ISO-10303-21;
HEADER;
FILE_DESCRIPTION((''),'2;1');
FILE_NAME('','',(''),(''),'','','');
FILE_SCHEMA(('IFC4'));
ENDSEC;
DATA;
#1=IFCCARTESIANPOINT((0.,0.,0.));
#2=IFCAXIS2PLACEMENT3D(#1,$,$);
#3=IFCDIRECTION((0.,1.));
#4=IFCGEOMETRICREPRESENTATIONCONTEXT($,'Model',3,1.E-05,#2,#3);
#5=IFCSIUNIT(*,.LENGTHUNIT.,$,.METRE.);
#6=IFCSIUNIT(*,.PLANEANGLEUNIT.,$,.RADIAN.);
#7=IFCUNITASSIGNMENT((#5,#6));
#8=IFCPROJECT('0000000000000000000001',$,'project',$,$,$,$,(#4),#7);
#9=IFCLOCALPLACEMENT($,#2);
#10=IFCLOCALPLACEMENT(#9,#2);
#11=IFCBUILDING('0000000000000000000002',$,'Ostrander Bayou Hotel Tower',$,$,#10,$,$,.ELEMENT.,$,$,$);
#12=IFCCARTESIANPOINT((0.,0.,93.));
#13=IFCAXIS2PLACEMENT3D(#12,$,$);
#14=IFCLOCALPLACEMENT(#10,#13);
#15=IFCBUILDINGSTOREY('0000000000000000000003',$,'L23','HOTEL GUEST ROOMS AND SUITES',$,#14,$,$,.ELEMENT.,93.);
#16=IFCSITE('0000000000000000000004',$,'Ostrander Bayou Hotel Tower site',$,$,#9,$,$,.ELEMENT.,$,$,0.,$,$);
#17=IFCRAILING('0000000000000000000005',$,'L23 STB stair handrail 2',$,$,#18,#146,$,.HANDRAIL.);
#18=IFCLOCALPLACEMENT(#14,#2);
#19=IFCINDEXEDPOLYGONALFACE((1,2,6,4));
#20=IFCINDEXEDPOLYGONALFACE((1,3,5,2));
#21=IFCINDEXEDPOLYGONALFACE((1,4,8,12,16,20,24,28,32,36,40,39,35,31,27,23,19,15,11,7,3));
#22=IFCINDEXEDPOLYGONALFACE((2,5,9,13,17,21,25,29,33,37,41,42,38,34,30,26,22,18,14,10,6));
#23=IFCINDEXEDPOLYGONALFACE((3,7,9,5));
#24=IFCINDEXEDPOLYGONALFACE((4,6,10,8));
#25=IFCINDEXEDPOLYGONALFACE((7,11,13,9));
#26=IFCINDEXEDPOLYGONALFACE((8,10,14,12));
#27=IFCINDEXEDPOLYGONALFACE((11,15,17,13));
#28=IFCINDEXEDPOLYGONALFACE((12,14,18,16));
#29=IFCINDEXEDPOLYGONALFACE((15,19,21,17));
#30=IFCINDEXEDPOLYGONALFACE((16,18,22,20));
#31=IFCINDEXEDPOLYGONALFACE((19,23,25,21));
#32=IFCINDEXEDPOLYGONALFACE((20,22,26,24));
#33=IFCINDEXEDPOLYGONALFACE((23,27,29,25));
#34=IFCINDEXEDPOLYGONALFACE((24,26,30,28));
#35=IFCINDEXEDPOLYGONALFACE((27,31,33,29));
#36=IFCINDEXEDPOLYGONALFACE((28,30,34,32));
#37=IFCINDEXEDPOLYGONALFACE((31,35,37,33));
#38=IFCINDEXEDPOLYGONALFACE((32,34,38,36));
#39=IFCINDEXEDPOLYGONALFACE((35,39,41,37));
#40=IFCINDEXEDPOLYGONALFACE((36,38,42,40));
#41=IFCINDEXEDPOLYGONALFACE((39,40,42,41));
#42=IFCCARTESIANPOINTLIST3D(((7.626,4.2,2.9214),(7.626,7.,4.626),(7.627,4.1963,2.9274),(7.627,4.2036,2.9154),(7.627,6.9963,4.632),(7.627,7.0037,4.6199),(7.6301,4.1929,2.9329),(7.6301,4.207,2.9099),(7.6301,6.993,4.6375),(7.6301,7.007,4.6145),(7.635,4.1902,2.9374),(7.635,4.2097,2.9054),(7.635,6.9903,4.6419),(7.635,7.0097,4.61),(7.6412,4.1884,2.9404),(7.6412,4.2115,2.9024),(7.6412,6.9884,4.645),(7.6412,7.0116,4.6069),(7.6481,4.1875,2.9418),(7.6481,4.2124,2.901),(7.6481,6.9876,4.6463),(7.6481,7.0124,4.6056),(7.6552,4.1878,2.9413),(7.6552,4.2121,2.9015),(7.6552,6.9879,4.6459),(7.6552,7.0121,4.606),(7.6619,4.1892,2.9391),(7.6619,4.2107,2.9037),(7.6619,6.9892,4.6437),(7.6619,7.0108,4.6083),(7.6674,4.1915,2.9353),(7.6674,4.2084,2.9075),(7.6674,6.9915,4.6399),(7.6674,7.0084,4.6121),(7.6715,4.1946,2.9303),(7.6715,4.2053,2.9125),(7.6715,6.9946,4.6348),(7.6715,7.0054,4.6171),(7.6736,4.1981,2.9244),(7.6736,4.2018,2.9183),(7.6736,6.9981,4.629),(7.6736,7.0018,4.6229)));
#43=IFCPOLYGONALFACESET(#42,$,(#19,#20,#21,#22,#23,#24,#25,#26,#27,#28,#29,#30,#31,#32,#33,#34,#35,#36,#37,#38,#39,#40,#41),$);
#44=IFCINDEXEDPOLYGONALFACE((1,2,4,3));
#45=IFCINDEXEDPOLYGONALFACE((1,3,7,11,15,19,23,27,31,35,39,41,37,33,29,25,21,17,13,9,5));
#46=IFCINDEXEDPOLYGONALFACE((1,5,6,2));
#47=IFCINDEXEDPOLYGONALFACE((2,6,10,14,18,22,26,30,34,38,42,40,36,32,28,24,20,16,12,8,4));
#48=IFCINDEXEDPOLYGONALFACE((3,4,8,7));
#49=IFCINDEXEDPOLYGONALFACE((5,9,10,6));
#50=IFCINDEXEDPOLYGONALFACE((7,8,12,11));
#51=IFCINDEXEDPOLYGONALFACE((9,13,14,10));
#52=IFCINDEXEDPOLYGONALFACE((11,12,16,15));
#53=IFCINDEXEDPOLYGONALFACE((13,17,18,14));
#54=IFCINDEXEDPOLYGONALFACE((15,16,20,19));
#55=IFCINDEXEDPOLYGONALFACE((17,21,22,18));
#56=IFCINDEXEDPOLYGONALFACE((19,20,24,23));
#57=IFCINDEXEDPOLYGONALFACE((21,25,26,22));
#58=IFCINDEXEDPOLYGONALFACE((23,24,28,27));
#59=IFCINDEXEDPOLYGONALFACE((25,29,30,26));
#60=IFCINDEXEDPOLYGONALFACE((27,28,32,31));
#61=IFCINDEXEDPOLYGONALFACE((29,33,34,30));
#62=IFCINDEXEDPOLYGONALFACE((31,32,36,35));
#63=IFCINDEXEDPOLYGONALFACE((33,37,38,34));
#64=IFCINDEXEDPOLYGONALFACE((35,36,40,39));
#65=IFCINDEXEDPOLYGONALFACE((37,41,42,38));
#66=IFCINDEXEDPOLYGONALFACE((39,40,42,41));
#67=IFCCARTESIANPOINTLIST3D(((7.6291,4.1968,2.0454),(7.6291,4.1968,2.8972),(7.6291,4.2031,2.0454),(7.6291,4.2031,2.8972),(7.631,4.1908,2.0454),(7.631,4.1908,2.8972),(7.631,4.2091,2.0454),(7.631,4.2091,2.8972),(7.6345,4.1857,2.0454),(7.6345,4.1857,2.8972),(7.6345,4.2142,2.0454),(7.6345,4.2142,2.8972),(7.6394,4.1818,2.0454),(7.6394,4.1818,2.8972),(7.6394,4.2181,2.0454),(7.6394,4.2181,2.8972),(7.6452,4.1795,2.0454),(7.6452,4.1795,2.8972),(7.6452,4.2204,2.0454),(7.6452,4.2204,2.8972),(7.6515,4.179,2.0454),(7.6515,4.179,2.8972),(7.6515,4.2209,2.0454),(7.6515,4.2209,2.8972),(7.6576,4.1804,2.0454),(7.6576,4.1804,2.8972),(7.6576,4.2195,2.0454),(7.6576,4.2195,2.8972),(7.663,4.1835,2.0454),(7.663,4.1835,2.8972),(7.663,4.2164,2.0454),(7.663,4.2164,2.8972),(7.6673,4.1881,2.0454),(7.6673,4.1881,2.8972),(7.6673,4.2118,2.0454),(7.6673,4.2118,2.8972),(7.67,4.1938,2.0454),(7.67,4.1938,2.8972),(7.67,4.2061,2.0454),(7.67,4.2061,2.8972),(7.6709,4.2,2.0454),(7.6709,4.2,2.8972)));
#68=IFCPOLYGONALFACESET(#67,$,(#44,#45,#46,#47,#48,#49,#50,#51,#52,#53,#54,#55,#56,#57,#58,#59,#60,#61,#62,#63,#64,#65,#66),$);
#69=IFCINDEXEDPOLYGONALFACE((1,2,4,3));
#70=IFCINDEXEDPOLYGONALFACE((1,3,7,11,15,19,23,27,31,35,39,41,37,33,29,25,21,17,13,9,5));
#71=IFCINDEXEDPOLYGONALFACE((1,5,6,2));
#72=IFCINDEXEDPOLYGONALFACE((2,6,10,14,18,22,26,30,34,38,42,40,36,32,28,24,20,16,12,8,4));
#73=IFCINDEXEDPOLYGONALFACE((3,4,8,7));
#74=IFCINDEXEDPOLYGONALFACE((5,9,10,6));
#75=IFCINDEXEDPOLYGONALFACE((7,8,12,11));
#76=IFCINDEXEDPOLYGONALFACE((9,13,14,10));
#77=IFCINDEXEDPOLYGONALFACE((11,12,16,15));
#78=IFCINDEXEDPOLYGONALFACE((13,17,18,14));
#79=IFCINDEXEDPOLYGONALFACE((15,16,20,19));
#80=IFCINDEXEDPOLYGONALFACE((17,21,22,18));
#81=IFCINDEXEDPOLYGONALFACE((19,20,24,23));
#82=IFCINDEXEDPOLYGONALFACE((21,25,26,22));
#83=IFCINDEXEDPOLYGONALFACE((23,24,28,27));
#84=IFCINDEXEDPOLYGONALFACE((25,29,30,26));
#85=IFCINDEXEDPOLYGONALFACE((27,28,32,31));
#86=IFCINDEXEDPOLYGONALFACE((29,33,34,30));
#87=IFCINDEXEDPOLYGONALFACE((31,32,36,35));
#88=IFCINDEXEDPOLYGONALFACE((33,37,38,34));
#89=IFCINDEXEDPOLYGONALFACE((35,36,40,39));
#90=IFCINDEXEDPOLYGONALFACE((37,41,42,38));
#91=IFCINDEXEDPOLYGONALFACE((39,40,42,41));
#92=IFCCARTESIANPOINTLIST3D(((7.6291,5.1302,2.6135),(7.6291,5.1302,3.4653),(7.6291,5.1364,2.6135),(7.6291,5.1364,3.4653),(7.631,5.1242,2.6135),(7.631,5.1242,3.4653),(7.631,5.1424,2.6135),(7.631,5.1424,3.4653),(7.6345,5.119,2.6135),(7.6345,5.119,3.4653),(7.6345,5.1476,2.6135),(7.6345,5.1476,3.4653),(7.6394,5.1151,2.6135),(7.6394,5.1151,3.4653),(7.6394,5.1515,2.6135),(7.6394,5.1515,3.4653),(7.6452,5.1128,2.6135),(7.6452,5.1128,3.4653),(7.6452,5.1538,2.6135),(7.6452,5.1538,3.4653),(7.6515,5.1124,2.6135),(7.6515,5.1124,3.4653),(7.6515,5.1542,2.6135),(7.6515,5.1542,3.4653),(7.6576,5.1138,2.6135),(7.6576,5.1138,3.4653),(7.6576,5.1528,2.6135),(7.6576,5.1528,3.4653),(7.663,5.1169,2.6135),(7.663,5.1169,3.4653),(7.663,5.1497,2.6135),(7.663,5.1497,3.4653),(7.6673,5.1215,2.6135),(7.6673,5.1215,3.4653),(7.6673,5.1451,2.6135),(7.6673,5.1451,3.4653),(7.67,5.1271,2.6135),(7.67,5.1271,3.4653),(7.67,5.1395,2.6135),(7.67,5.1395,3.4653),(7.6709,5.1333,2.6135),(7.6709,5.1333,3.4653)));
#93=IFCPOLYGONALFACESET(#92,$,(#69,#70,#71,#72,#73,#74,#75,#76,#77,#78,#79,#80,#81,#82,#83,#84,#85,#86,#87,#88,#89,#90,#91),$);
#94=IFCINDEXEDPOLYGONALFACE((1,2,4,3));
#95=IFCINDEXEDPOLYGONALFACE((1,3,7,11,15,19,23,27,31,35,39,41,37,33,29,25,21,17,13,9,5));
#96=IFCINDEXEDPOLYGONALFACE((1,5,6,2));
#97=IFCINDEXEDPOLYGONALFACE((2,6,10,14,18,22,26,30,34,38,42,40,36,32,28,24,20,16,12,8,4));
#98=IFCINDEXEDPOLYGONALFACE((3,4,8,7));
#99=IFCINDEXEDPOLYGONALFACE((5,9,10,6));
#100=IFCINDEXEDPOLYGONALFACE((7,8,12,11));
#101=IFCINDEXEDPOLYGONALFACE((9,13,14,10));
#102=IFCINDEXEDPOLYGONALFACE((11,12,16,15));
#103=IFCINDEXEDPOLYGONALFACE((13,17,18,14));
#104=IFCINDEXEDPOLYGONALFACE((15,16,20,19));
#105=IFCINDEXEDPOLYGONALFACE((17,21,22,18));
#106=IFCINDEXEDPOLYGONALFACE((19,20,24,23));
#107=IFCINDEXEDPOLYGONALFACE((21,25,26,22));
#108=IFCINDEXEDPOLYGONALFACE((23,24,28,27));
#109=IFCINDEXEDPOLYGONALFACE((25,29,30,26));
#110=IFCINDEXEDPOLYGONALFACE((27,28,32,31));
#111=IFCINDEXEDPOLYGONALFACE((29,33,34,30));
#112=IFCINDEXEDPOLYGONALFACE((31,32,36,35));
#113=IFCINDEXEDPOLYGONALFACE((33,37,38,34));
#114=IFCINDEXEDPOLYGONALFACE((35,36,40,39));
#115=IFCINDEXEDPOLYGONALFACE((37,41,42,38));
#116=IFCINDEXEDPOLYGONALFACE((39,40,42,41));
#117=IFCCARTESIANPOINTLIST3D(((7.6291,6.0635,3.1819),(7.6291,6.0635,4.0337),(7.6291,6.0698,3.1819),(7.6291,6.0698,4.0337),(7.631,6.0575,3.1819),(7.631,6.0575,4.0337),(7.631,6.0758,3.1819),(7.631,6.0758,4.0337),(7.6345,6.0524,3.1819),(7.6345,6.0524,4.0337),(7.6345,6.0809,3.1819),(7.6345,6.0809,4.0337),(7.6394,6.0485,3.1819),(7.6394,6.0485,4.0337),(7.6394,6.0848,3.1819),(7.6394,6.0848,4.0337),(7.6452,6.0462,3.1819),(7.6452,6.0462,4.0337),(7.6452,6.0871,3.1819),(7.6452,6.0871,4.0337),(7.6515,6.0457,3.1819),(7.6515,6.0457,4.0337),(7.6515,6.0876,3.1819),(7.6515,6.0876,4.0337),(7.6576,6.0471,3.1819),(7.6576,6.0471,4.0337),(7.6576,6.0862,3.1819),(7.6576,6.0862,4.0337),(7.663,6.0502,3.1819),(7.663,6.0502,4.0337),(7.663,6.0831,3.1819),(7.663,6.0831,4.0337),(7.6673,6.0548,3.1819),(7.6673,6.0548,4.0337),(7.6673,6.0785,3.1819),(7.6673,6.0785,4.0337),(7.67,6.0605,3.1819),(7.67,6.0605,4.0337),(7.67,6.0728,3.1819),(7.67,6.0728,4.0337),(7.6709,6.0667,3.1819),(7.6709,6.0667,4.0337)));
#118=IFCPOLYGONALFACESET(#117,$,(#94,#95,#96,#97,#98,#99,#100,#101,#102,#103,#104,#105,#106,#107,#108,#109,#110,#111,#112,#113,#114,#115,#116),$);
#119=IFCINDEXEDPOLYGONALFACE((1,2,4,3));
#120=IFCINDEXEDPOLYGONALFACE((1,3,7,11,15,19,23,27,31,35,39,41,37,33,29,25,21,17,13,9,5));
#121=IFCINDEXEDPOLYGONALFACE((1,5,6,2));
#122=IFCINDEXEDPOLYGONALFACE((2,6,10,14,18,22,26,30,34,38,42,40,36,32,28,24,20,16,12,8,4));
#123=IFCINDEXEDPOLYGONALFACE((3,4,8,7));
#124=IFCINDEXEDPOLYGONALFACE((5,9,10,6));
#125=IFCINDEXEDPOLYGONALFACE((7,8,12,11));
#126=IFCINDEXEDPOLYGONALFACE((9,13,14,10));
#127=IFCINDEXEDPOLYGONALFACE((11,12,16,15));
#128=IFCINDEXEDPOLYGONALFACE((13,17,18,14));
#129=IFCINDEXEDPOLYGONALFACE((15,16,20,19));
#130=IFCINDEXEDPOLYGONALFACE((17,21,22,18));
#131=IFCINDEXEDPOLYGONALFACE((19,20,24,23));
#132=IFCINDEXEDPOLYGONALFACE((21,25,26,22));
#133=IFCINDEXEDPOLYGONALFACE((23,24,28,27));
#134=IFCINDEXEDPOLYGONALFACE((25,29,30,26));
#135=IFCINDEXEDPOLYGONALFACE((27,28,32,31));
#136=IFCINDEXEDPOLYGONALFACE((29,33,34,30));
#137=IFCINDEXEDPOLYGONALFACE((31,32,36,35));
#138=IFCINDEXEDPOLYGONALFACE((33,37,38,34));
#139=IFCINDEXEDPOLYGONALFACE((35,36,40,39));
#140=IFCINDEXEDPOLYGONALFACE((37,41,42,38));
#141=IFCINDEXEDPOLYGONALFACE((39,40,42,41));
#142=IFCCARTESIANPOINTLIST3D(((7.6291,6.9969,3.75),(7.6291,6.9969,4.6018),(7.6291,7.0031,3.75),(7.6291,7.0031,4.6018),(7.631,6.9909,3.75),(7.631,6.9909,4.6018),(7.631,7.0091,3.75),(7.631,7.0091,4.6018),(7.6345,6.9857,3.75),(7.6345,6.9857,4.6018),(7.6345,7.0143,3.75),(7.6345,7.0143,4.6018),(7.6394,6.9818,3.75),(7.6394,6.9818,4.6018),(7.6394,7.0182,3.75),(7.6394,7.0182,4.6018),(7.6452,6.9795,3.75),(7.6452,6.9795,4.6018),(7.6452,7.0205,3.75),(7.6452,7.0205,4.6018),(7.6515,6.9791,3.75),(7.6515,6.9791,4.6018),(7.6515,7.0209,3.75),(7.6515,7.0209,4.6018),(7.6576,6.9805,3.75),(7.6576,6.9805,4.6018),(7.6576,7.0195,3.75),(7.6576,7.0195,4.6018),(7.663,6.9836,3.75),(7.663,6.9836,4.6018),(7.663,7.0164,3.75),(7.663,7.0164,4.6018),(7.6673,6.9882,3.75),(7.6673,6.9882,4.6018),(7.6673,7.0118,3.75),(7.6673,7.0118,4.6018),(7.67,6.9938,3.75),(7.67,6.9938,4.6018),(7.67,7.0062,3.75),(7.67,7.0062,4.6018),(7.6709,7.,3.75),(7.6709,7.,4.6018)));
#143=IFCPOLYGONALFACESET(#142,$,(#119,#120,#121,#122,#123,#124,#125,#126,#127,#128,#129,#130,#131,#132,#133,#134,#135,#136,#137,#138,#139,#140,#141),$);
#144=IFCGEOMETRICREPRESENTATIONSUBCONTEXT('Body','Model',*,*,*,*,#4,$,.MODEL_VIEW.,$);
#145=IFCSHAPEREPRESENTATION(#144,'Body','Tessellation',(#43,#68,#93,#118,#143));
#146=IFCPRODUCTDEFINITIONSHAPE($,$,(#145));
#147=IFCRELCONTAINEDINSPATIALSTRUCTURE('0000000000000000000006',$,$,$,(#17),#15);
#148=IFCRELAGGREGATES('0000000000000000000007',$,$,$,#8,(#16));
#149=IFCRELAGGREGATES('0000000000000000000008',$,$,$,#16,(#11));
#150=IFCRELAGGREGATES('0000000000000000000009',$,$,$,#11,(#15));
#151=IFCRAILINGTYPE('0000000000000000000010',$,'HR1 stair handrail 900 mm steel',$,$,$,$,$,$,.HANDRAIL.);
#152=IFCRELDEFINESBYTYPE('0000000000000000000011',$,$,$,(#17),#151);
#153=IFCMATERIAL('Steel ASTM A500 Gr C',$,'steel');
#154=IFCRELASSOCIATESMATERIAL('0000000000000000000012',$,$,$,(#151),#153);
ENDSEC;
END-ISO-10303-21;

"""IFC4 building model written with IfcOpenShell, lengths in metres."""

from ifc_helpers import new_model, si_unit, direction, frame, origin, origin_2d, place, context, subcontext, project, spatial, circle, extrude, material, type_object, element, save


model = new_model("IFC4")

# Units and contexts
model_context = context("Model", 3, precision=1e-05, world=origin(), true_north=direction((0.0, 1.0)))
body_context = subcontext(model_context, "Body", "Model", "MODEL_VIEW")
ifc_project = project(units=[si_unit("LENGTHUNIT", "METRE"), si_unit("PLANEANGLEUNIT", "RADIAN")], contexts=[model_context])

# Site, building, storey
site_placement = place(None, origin())
site = spatial("IfcSite", under=ifc_project, at=site_placement, Name="Ostrander Bayou Hotel Tower site", CompositionType="ELEMENT", RefElevation=0.0)
building_placement = place(site_placement, origin())
building = spatial("IfcBuilding", under=site, at=building_placement, Name="Ostrander Bayou Hotel Tower", CompositionType="ELEMENT")
storey_placement = place(building_placement, frame((0.0, 0.0, 93.0)))
storey = spatial("IfcBuildingStorey", under=building, at=storey_placement, Name="L23", Description="HOTEL GUEST ROOMS AND SUITES", CompositionType="ELEMENT", Elevation=93.0)

# Railing
ifc_material_1 = material(Name="Steel ASTM A500 Gr C", Category="steel")
railing_type_1 = type_object("IfcRailingType", Name="HR1 stair handrail 900 mm steel", PredefinedType="HANDRAIL", material=ifc_material_1)
railing_1_placement = place(storey_placement, frame((7.6499, 4.2, 2.0454)))
element("IfcRailing", 1, at=railing_1_placement, inside=storey, type_object=railing_type_1, Name="L23 STB stair handrail 2", PredefinedType="HANDRAIL", context=body_context, shape_type="SweptSolid", body=[
    extrude(circle(Radius=0.0239, at=origin_2d()), frame((0.0, 0.0, 0.876), z_axis=(0.0, 0.85417, 0.519994), x_axis=(-1.0, 0.0, 0.0)), (0.0, 0.0, 1.0), 3.2781),
    extrude(circle(Radius=0.021, at=origin_2d()), origin(), (0.0, 0.0, 1.0), 0.8518),
    extrude(circle(Radius=0.021, at=origin_2d()), frame((0.0, 0.9333, 0.5681)), (0.0, 0.0, 1.0), 0.8518),
    extrude(circle(Radius=0.021, at=origin_2d()), frame((0.0, 1.8667, 1.1365)), (0.0, 0.0, 1.0), 0.8518),
    extrude(circle(Radius=0.021, at=origin_2d()), frame((0.0, 2.8, 1.7046)), (0.0, 0.0, 1.0), 0.8518),
])

save(model, "model.ifc")
